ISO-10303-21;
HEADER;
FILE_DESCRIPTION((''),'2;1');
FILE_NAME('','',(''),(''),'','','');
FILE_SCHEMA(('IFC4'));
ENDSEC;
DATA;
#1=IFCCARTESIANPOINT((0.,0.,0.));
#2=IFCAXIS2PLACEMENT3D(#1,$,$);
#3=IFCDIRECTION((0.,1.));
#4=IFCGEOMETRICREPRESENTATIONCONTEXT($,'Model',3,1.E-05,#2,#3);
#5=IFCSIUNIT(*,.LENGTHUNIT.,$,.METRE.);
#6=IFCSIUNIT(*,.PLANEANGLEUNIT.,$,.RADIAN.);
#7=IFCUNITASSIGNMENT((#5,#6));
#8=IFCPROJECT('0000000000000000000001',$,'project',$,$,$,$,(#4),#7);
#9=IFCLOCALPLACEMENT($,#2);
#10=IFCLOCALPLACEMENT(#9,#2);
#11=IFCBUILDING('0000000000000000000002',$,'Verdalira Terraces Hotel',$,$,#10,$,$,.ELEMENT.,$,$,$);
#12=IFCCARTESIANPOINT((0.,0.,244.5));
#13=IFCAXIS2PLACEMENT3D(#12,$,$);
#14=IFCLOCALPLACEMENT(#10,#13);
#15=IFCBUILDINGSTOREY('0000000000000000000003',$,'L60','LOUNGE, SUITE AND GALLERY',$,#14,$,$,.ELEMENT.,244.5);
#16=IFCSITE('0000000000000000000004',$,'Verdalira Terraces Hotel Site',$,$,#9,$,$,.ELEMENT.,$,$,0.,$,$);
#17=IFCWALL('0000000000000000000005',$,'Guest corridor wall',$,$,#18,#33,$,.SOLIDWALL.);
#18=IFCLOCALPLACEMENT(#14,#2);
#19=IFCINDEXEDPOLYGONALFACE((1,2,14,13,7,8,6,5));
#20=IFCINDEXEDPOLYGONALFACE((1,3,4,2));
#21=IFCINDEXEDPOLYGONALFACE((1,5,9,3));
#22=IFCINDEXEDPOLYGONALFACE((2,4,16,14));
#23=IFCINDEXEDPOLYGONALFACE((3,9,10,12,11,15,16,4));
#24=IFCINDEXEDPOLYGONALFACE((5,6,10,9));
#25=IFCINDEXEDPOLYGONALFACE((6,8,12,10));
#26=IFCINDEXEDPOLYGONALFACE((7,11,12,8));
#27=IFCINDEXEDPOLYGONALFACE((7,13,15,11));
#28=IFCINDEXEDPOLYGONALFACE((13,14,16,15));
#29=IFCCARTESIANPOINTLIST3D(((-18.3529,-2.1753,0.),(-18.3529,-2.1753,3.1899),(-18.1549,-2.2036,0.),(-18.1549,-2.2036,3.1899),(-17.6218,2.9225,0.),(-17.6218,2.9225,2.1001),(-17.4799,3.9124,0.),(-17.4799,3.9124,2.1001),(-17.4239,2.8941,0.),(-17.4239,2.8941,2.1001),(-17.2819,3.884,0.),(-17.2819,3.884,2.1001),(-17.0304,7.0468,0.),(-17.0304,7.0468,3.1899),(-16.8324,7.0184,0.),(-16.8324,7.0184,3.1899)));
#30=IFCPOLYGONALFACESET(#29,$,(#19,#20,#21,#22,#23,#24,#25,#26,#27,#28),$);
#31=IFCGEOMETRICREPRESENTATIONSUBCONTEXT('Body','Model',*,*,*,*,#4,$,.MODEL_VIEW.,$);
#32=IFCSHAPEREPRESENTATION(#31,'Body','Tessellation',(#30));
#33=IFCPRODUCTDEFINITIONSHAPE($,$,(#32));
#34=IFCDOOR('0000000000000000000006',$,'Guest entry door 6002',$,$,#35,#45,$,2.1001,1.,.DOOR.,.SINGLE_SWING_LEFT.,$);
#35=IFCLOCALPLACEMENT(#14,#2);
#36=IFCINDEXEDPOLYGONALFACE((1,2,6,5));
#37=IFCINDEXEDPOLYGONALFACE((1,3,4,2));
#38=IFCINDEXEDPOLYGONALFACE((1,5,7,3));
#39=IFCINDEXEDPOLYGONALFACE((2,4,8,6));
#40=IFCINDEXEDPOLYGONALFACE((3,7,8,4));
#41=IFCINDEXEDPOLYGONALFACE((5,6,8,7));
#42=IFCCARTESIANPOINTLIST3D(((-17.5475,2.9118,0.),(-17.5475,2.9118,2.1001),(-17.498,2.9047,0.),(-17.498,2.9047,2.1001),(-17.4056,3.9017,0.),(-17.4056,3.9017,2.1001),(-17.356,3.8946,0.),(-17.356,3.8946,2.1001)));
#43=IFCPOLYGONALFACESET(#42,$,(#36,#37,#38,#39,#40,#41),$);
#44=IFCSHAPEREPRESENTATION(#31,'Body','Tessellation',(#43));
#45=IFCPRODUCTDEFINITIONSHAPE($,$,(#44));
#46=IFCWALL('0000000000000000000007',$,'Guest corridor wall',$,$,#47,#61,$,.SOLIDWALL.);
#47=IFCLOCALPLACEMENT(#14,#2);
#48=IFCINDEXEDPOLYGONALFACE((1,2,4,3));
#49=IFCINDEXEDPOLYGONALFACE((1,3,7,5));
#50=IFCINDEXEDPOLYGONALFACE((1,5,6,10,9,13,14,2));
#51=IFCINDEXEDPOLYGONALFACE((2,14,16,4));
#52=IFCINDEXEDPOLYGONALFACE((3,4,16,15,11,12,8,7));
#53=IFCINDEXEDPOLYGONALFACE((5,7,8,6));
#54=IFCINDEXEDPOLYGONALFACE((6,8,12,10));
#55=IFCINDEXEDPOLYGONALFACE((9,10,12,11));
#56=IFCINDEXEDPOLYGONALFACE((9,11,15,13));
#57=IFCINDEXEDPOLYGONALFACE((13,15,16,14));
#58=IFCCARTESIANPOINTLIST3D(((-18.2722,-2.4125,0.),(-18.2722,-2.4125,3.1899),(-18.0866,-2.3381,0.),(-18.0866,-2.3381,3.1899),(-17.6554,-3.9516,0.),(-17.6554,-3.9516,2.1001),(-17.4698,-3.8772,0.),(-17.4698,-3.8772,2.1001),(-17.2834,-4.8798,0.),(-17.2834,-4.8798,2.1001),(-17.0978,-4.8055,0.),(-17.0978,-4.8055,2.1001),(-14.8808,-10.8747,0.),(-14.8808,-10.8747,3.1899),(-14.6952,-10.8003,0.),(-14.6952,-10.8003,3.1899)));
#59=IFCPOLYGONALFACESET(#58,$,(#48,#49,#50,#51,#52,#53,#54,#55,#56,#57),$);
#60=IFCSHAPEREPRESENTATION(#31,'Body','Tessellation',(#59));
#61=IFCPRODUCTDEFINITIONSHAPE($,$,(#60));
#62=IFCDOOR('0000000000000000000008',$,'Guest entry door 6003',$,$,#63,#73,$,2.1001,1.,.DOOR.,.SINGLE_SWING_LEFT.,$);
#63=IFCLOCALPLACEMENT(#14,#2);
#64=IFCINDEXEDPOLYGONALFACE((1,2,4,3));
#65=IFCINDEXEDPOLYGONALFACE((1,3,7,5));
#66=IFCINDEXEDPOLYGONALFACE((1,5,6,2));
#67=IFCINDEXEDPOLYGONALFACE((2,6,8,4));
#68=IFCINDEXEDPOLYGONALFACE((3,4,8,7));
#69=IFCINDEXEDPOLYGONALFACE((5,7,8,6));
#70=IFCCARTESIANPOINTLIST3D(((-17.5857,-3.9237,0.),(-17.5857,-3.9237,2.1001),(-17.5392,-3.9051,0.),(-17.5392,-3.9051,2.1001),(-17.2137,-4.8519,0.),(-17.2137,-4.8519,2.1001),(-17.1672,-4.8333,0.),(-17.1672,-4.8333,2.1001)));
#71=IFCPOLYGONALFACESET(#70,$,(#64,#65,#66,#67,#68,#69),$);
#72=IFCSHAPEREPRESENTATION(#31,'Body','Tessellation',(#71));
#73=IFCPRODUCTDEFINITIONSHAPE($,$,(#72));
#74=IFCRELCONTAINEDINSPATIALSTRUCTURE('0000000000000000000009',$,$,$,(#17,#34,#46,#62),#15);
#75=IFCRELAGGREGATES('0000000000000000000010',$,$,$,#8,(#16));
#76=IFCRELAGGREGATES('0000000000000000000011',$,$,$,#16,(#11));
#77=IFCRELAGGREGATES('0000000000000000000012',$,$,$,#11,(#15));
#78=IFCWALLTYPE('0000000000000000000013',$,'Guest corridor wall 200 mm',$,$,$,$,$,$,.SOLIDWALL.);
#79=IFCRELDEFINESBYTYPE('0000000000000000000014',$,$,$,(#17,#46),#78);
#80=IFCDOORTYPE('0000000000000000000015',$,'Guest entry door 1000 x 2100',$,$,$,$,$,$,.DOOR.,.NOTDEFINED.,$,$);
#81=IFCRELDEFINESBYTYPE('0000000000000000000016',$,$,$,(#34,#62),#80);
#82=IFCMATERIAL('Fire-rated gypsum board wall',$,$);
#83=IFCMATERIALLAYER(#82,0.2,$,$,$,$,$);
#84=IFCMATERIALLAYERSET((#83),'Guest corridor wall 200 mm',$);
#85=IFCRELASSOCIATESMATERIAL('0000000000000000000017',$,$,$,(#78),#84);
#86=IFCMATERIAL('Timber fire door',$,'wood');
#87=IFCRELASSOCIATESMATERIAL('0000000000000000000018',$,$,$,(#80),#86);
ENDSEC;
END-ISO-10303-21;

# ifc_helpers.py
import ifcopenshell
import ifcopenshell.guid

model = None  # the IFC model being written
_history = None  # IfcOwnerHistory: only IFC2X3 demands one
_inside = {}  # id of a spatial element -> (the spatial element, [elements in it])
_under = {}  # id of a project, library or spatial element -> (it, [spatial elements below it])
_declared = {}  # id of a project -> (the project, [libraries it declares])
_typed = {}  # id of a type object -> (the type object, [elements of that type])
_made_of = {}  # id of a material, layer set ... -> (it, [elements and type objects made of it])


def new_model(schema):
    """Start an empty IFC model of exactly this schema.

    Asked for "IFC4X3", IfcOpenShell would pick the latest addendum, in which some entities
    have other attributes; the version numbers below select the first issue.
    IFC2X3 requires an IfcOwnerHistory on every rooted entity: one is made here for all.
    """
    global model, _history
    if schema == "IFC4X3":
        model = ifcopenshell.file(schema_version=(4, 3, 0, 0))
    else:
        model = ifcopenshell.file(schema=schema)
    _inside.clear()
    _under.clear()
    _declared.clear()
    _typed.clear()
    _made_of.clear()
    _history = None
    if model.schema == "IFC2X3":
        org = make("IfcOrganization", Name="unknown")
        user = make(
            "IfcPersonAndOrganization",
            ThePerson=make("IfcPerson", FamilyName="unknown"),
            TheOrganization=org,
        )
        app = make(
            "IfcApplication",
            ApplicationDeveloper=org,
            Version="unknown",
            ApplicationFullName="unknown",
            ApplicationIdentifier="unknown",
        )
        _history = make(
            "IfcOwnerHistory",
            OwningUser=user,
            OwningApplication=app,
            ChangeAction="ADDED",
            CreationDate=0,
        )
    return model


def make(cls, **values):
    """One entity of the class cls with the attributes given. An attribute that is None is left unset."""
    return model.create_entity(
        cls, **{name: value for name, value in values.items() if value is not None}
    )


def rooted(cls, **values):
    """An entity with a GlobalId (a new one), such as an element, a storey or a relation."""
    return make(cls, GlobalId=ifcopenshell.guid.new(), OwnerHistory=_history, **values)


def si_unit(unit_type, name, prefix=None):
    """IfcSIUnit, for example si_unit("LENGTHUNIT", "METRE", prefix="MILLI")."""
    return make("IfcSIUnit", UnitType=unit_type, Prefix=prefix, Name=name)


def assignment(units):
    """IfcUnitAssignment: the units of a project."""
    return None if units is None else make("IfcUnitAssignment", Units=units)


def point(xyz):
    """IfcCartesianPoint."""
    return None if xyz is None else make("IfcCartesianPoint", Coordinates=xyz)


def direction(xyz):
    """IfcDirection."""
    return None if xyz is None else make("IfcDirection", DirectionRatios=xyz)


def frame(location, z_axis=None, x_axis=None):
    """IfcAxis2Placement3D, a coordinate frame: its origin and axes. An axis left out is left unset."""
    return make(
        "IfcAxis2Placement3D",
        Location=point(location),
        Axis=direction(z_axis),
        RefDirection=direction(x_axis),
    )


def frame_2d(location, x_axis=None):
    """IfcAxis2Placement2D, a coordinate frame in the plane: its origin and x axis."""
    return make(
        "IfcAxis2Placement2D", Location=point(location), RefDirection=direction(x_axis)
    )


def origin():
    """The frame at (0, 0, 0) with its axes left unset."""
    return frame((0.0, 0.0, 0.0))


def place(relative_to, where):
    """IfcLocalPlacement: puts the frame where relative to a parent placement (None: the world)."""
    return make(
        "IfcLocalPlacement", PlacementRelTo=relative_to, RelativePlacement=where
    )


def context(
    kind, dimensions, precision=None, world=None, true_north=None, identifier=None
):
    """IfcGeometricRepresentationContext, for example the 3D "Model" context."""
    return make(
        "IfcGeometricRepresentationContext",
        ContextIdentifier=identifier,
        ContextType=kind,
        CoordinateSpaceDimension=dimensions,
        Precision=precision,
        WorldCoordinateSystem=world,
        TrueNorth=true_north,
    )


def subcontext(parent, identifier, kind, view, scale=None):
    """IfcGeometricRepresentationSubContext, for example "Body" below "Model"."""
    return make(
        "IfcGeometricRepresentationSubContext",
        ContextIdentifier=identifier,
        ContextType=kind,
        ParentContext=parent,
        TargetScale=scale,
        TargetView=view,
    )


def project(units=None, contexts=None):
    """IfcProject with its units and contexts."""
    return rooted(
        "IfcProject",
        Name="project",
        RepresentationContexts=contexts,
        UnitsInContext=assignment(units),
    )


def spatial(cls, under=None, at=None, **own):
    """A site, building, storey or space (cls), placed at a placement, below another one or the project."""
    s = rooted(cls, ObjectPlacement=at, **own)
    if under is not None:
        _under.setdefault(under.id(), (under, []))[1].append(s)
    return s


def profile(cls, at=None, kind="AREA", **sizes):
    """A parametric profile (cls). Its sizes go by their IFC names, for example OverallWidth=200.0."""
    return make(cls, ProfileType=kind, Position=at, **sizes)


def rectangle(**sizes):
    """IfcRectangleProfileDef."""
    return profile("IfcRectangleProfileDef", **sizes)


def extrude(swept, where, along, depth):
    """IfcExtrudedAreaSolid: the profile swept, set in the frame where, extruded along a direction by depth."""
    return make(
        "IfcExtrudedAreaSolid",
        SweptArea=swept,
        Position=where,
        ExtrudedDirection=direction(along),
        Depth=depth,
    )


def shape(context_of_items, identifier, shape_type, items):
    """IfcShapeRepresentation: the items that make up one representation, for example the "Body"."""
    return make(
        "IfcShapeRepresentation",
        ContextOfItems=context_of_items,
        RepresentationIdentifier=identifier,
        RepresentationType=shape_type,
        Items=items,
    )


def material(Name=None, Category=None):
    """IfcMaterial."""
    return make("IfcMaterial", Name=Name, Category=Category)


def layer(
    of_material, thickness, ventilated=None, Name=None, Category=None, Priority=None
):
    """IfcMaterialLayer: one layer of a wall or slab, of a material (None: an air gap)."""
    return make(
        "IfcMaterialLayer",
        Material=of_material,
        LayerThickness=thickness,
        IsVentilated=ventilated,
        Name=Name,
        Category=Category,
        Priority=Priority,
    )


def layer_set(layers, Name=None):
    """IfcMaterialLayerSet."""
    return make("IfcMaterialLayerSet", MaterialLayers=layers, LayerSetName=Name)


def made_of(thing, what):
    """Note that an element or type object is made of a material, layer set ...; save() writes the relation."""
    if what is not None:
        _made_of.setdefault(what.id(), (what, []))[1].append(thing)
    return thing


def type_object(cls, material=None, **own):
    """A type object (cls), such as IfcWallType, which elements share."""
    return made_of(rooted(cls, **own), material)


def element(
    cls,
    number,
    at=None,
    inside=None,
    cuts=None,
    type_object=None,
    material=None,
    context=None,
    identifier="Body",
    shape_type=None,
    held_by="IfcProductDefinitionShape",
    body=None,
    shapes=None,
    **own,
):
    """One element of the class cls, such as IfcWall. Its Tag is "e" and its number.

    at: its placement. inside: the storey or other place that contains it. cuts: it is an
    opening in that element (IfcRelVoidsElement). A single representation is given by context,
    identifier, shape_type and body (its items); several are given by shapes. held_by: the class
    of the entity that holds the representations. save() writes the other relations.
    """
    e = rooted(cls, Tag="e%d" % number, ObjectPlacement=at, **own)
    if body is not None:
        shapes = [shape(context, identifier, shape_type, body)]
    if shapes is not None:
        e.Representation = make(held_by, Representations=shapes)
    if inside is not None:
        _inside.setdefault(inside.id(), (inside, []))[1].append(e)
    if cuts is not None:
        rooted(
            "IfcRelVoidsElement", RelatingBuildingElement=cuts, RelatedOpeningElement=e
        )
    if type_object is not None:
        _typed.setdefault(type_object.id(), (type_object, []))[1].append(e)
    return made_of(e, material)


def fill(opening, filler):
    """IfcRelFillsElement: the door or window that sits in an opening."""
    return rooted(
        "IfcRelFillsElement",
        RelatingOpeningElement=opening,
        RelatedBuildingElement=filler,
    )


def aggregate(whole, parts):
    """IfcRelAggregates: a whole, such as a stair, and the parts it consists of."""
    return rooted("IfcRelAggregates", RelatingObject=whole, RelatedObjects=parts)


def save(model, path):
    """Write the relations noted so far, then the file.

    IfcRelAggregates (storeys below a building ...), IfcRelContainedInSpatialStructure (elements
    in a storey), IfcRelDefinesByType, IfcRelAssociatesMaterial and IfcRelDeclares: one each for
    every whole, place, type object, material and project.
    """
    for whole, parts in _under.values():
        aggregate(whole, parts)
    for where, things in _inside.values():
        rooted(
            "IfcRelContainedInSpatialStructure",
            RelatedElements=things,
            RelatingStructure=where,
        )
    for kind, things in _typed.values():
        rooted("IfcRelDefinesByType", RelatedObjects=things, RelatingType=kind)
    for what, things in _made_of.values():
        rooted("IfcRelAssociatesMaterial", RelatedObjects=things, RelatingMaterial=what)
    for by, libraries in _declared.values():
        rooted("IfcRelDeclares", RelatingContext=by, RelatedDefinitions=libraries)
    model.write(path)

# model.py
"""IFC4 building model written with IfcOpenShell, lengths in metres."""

from ifc_helpers import new_model, si_unit, direction, frame, frame_2d, origin, place, context, subcontext, project, spatial, rectangle, extrude, material, layer, layer_set, type_object, element, fill, save


model = new_model("IFC4")

# Units and contexts
model_context = context("Model", 3, precision=1e-05, world=origin(), true_north=direction((0.0, 1.0)))
body_context = subcontext(model_context, "Body", "Model", "MODEL_VIEW")
ifc_project = project(units=[si_unit("LENGTHUNIT", "METRE"), si_unit("PLANEANGLEUNIT", "RADIAN")], contexts=[model_context])

# Site, building, storey
site_placement = place(None, origin())
site = spatial("IfcSite", under=ifc_project, at=site_placement, Name="Verdalira Terraces Hotel Site", CompositionType="ELEMENT", RefElevation=0.0)
building_placement = place(site_placement, origin())
building = spatial("IfcBuilding", under=site, at=building_placement, Name="Verdalira Terraces Hotel", CompositionType="ELEMENT")
storey_placement = place(building_placement, frame((0.0, 0.0, 244.5)))
storey = spatial("IfcBuildingStorey", under=building, at=storey_placement, Name="L60", Description="LOUNGE, SUITE AND GALLERY", CompositionType="ELEMENT", Elevation=244.5)

# Walls, openings, doors
ifc_material_1 = material(Name="Fire-rated gypsum board wall")
ifc_layer_1 = layer(ifc_material_1, 0.2)
ifc_layer_set_1 = layer_set([ifc_layer_1], Name="Guest corridor wall 200 mm")
wall_type_1 = type_object("IfcWallType", Name="Guest corridor wall 200 mm", PredefinedType="SOLIDWALL", material=ifc_layer_set_1)
wall_1_placement = place(storey_placement, frame((-18.2539, -2.1895, 0.0), z_axis=(0.0, 0.0, 1.0), x_axis=(0.141953, 0.989873, 0.0)))
wall_1 = element("IfcWall", 1, at=wall_1_placement, inside=storey, type_object=wall_type_1, Name="Guest corridor wall", PredefinedType="SOLIDWALL", context=body_context, shape_type="SweptSolid", body=[
    extrude(rectangle(XDim=9.3164, YDim=0.2, at=frame_2d((4.6582, 0.0))), origin(), (0.0, 0.0, 1.0), 3.1899),
])
opening_1_placement = place(wall_1_placement, frame((5.1499, 0.0, 0.0)))
opening_1 = element("IfcOpeningElement", 2, at=opening_1_placement, cuts=wall_1, PredefinedType="OPENING", context=body_context, shape_type="SweptSolid", body=[
    extrude(rectangle(XDim=1.0, YDim=2.1001, at=frame_2d((0.5, 1.05))), frame((0.0, 0.1099, 0.0), z_axis=(0.0, -1.0, 0.0), x_axis=(1.0, 0.0, 0.0)), (0.0, 0.0, 1.0), 0.22),
])
ifc_material_2 = material(Name="Timber fire door", Category="wood")
door_type_1 = type_object("IfcDoorType", Name="Guest entry door 1000 x 2100", OperationType="NOTDEFINED", PredefinedType="DOOR", material=ifc_material_2)
door_1_placement = place(opening_1_placement, origin())
door_1 = element("IfcDoor", 3, at=door_1_placement, inside=storey, type_object=door_type_1, Name="Guest entry door 6002", OperationType="SINGLE_SWING_LEFT", OverallHeight=2.1001, OverallWidth=1.0, PredefinedType="DOOR", context=body_context, shape_type="SweptSolid", body=[
    extrude(rectangle(XDim=1.0, YDim=2.1001, at=frame_2d((0.5, 1.05))), frame((0.0, 0.0249, 0.0), z_axis=(0.0, -1.0, 0.0), x_axis=(1.0, 0.0, 0.0)), (0.0, 0.0, 1.0), 0.05),
])
fill(opening_1, door_1)
wall_2_placement = place(storey_placement, frame((-14.7881, -10.8374, 0.0), z_axis=(0.0, 0.0, 1.0), x_axis=(-0.372005, 0.928231, 0.0)))
wall_2 = element("IfcWall", 4, at=wall_2_placement, inside=storey, type_object=wall_type_1, Name="Guest corridor wall", PredefinedType="SOLIDWALL", context=body_context, shape_type="SweptSolid", body=[
    extrude(rectangle(XDim=9.1165, YDim=0.2, at=frame_2d((4.5581, 0.0))), origin(), (0.0, 0.0, 1.0), 3.1899),
])
opening_2_placement = place(wall_2_placement, frame((6.4583, 0.0, 0.0)))
opening_2 = element("IfcOpeningElement", 5, at=opening_2_placement, cuts=wall_2, PredefinedType="OPENING", context=body_context, shape_type="SweptSolid", body=[
    extrude(rectangle(XDim=1.0, YDim=2.1001, at=frame_2d((0.5, 1.05))), frame((0.0, 0.1099, 0.0), z_axis=(0.0, -1.0, 0.0), x_axis=(1.0, 0.0, 0.0)), (0.0, 0.0, 1.0), 0.22),
])
door_2_placement = place(opening_2_placement, origin())
door_2 = element("IfcDoor", 6, at=door_2_placement, inside=storey, type_object=door_type_1, Name="Guest entry door 6003", OperationType="SINGLE_SWING_LEFT", OverallHeight=2.1001, OverallWidth=1.0, PredefinedType="DOOR", context=body_context, shape_type="SweptSolid", body=[
    extrude(rectangle(XDim=1.0, YDim=2.1001, at=frame_2d((0.5, 1.05))), frame((0.0, 0.0249, 0.0), z_axis=(0.0, -1.0, 0.0), x_axis=(1.0, 0.0, 0.0)), (0.0, 0.0, 1.0), 0.05),
])
fill(opening_2, door_2)

save(model, "model.ifc")
